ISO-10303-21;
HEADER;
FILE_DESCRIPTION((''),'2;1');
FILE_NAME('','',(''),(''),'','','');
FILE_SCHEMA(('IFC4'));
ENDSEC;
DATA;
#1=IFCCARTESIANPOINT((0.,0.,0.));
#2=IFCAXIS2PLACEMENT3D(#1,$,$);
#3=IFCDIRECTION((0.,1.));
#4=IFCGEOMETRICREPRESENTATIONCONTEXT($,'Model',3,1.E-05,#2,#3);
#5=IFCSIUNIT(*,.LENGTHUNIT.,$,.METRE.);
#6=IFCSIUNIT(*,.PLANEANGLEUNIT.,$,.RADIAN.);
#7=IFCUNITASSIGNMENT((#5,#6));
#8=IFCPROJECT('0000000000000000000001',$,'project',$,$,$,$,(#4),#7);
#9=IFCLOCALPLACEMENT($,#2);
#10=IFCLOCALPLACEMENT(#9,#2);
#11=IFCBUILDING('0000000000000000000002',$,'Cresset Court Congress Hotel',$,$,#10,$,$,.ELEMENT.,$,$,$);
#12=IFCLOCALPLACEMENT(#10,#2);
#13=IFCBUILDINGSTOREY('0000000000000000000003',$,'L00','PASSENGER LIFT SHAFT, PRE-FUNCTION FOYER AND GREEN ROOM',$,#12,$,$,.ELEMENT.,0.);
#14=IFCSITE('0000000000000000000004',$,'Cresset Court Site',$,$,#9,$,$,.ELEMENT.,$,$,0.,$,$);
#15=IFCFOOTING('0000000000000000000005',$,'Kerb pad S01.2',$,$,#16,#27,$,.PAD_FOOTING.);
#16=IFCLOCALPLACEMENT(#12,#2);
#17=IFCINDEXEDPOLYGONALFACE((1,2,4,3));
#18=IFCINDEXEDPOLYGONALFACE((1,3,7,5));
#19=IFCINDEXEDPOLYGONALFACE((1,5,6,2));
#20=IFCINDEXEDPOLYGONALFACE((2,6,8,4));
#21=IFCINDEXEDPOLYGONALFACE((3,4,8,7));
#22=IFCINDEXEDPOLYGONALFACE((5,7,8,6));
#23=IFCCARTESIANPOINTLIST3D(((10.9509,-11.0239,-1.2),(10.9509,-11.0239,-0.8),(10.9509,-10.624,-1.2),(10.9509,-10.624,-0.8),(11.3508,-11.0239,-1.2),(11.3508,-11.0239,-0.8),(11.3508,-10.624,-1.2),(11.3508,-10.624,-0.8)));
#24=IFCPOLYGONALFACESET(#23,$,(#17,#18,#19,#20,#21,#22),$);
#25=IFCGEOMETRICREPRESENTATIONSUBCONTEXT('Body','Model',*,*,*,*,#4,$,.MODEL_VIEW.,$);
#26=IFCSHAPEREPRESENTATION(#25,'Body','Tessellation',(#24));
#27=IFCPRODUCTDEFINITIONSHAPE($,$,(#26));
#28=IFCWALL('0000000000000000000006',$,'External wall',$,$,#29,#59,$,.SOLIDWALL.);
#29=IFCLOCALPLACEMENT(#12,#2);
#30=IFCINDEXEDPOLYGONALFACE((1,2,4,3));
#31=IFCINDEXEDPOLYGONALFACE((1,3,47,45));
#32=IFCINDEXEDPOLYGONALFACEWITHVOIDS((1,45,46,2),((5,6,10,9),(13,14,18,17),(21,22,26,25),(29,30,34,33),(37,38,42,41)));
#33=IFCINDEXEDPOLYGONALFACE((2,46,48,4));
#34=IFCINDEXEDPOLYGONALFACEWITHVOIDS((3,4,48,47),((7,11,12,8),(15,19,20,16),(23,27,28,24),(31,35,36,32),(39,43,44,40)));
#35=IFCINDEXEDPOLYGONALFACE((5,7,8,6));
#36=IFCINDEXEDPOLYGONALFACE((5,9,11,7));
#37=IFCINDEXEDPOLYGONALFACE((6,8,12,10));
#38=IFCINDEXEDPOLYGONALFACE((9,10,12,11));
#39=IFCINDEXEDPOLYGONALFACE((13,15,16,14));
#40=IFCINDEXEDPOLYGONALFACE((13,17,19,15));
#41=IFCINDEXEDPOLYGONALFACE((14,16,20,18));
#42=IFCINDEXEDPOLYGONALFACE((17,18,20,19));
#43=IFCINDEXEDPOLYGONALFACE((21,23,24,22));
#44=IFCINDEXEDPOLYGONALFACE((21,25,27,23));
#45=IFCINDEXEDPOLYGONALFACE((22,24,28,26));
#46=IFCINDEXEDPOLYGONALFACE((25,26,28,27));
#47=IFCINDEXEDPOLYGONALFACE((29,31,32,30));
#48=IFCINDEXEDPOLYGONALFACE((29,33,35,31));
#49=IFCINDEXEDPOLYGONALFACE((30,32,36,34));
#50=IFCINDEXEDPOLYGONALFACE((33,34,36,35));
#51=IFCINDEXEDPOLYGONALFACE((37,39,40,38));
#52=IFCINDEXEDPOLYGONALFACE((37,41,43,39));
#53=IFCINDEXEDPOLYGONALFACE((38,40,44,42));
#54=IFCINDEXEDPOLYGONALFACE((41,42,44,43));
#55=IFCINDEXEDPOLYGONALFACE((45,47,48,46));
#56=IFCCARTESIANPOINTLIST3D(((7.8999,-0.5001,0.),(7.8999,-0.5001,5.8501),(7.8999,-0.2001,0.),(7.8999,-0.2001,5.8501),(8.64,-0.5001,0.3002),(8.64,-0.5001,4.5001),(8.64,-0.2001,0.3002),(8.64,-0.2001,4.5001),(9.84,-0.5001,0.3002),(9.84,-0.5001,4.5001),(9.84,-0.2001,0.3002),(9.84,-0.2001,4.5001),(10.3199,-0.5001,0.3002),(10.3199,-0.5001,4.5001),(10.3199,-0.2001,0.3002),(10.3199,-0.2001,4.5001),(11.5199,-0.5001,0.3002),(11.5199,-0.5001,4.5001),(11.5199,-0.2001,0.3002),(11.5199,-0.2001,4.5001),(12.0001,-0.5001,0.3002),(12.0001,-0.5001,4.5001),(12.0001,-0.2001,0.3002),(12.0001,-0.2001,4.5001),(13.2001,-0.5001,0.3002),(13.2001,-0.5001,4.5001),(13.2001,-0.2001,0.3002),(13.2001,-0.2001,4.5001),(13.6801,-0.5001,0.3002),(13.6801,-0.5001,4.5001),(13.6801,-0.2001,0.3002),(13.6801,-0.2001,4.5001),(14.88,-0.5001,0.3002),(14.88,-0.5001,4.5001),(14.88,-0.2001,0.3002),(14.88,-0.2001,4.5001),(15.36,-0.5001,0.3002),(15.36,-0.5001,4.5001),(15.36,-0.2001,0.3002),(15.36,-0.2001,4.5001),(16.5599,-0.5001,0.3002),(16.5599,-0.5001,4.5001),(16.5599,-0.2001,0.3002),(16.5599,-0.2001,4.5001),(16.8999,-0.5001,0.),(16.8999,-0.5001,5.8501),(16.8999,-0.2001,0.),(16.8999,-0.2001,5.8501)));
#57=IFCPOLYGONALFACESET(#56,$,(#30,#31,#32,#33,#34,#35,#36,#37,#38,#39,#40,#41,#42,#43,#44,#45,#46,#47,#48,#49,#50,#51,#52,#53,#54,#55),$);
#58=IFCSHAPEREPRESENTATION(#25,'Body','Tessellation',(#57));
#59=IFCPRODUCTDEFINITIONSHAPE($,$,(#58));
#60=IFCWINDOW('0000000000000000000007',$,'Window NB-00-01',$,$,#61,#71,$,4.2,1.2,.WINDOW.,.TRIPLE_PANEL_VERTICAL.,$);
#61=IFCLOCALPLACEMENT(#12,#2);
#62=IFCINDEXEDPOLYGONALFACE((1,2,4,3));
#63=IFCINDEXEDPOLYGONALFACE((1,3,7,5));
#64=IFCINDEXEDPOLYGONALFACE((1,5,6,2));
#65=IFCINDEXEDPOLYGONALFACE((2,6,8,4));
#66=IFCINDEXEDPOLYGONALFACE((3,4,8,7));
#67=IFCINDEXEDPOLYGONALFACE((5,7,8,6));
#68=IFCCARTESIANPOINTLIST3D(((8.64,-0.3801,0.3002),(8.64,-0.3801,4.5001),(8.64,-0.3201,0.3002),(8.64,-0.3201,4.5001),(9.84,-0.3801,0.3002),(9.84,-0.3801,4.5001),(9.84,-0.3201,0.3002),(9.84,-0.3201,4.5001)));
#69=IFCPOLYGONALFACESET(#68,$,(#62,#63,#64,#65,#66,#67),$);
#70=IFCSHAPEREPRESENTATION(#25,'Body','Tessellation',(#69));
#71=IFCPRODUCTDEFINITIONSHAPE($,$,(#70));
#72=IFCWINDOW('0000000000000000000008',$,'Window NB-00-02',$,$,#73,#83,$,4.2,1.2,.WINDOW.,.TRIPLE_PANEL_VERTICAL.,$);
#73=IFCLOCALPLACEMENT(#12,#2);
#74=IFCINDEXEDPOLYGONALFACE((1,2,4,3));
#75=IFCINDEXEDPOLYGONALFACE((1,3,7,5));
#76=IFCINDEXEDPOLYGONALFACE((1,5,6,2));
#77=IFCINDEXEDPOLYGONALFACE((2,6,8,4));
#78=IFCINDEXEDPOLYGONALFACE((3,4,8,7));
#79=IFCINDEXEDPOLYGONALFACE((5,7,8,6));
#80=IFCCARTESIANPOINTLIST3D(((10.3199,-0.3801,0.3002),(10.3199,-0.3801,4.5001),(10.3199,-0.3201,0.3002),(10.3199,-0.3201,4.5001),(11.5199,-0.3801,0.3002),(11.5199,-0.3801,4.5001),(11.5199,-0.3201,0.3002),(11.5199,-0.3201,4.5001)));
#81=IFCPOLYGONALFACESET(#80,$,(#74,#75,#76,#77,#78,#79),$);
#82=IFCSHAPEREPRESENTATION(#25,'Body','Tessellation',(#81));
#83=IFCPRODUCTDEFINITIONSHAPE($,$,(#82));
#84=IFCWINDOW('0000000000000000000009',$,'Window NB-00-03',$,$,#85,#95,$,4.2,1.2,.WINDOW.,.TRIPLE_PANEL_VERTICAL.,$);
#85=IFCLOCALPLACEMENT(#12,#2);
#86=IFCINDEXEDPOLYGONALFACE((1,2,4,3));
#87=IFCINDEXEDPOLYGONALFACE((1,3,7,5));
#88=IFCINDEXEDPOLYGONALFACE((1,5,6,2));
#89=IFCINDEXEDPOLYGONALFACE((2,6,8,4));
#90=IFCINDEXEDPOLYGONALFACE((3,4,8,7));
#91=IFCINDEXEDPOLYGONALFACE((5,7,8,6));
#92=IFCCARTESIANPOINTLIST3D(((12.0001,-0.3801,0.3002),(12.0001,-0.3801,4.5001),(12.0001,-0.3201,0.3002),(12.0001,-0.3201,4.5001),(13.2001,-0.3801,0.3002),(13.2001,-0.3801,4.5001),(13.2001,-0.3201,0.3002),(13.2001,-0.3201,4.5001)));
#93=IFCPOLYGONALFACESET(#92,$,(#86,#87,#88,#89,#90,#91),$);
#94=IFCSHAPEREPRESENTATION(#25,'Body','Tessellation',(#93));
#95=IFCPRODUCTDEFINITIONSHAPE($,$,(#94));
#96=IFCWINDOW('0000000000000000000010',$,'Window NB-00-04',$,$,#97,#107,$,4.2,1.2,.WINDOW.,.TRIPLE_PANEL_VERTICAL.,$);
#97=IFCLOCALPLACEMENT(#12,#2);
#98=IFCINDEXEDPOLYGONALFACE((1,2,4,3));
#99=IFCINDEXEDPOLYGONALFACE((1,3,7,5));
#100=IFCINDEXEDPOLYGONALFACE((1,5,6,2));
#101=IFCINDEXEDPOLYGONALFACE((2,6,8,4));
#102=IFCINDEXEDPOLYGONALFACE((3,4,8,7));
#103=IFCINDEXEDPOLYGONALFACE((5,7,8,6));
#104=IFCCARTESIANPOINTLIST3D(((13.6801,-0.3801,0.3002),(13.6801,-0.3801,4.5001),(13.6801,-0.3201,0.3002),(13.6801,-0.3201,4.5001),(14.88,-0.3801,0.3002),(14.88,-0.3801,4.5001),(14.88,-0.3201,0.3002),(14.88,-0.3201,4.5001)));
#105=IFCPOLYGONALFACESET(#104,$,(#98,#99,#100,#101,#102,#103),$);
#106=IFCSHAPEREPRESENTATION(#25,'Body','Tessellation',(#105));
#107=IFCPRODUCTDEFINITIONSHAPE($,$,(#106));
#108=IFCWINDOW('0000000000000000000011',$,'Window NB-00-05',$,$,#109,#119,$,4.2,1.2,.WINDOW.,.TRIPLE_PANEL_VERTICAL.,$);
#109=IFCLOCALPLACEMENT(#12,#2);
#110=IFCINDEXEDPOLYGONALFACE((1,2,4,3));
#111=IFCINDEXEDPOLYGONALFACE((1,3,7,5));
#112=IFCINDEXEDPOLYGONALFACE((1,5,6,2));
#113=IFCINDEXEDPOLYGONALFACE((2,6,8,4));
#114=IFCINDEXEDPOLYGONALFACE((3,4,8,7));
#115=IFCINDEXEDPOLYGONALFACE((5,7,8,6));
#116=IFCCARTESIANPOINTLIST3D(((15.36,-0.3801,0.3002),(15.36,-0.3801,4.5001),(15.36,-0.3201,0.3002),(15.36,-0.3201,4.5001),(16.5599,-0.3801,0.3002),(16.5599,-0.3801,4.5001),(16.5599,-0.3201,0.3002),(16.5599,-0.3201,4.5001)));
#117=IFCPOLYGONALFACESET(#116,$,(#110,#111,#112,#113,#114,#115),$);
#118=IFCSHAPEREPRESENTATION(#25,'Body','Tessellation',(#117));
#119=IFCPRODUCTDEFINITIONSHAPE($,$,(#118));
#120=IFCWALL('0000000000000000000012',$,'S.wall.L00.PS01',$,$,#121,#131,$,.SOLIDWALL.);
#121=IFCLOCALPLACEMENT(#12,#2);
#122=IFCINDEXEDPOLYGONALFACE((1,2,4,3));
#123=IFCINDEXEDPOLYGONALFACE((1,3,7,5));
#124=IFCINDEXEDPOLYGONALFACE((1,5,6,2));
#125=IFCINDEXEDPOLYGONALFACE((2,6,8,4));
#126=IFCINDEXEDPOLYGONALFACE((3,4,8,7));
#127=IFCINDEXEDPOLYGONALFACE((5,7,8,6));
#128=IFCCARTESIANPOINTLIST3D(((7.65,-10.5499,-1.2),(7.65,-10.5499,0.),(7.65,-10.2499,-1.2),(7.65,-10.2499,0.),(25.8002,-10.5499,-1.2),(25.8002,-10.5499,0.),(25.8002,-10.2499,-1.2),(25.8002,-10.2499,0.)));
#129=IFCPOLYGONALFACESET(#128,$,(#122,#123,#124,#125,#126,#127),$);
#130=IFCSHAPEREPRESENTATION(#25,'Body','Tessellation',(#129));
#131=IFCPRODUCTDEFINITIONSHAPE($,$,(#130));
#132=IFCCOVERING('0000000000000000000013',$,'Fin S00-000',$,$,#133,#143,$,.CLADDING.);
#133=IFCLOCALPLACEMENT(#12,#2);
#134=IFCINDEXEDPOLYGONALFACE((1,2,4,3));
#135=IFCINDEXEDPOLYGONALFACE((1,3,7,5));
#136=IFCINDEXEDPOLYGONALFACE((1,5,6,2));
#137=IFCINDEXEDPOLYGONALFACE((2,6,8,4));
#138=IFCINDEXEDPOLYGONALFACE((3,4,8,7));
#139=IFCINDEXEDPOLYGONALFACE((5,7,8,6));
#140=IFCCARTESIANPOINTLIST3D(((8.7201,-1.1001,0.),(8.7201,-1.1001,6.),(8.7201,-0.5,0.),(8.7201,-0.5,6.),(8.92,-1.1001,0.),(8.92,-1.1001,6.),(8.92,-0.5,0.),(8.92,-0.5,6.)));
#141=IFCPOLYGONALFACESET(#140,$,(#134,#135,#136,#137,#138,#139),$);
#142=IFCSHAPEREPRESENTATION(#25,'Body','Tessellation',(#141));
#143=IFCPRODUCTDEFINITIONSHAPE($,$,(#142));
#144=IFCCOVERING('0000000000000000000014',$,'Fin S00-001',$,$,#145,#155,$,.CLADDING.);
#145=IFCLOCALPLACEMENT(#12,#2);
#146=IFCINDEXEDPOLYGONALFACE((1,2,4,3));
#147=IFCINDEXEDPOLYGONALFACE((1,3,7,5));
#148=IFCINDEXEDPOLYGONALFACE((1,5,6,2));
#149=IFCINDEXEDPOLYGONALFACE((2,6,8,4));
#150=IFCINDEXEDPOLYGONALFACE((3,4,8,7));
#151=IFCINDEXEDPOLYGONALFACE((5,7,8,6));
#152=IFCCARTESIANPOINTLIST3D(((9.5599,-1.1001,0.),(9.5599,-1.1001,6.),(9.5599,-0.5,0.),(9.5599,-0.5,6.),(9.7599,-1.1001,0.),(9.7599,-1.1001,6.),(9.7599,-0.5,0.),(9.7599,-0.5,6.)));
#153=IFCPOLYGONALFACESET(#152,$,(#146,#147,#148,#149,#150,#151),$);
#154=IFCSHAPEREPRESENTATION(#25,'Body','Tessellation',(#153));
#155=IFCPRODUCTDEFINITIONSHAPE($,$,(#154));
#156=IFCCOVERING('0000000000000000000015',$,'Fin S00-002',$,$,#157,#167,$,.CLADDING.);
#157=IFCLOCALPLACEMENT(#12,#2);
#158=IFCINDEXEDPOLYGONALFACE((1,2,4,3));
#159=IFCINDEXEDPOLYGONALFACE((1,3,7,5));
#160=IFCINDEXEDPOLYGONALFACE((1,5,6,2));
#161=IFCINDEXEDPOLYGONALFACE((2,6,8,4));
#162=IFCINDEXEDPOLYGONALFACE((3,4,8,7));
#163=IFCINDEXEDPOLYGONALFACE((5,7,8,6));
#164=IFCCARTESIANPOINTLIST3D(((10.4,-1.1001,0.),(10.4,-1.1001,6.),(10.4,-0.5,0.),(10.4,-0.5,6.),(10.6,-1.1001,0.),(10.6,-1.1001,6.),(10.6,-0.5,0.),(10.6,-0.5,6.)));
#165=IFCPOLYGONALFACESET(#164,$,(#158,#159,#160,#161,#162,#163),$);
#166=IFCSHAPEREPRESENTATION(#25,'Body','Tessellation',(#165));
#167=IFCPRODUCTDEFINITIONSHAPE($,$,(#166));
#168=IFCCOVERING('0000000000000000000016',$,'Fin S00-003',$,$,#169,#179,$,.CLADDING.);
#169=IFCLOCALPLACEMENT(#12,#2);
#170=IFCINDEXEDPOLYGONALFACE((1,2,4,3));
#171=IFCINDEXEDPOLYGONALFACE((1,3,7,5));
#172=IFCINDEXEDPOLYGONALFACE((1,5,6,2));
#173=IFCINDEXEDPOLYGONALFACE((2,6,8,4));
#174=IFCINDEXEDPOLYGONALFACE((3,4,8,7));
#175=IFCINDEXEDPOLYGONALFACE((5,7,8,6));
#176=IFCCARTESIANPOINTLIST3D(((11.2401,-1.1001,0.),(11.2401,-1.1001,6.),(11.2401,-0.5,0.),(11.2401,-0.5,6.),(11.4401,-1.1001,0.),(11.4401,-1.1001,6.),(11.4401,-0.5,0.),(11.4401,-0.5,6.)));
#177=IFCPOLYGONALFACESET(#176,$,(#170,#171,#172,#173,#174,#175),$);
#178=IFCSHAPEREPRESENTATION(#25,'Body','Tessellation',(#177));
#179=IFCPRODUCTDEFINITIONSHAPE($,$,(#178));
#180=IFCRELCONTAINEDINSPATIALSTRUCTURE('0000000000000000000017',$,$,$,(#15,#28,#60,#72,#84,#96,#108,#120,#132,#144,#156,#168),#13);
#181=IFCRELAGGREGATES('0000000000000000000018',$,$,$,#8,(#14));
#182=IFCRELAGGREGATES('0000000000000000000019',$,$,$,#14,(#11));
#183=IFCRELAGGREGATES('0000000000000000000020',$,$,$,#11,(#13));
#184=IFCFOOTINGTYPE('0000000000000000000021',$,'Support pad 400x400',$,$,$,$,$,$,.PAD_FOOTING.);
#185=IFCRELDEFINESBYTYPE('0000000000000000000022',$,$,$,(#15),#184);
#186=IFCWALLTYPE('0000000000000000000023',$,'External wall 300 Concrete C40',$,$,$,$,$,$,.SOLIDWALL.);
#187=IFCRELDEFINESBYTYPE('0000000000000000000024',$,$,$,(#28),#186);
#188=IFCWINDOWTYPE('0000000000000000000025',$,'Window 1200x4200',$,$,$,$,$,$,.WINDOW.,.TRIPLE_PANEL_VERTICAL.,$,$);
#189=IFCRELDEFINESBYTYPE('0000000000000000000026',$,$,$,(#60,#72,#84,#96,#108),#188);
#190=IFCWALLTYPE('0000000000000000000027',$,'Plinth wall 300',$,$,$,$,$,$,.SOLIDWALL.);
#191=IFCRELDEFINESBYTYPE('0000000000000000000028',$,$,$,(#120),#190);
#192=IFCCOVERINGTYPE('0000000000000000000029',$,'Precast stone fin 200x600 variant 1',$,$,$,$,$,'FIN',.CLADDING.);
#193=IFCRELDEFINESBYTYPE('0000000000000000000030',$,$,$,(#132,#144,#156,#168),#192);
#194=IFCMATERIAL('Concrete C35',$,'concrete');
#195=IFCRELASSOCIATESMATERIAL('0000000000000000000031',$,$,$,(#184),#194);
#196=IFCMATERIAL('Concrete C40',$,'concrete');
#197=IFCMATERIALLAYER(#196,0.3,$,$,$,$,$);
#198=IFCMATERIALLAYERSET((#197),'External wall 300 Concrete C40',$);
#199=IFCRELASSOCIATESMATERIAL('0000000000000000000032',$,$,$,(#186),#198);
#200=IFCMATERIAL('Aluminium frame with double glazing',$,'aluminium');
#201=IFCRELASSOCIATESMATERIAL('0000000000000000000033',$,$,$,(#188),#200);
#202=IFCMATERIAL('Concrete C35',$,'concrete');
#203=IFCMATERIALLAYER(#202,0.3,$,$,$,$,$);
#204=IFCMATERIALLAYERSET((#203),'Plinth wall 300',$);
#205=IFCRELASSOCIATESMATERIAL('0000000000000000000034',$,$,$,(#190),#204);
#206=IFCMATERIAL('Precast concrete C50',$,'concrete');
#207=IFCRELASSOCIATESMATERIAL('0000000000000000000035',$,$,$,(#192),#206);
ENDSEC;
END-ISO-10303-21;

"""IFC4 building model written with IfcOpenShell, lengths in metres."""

from ifc_helpers import new_model, si_unit, direction, frame, frame_2d, origin, origin_2d, place, context, subcontext, project, spatial, rectangle, extrude, material, layer, layer_set, type_object, element, fill, save


model = new_model("IFC4")

# Units and contexts
model_context = context("Model", 3, precision=1e-05, world=origin(), true_north=direction((0.0, 1.0)))
body_context = subcontext(model_context, "Body", "Model", "MODEL_VIEW")
ifc_project = project(units=[si_unit("LENGTHUNIT", "METRE"), si_unit("PLANEANGLEUNIT", "RADIAN")], contexts=[model_context])

# Site, building, storey
site_placement = place(None, origin())
site = spatial("IfcSite", under=ifc_project, at=site_placement, Name="Cresset Court Site", CompositionType="ELEMENT", RefElevation=0.0)
building_placement = place(site_placement, origin())
building = spatial("IfcBuilding", under=site, at=building_placement, Name="Cresset Court Congress Hotel", CompositionType="ELEMENT")
storey_placement = place(building_placement, origin())
storey = spatial("IfcBuildingStorey", under=building, at=storey_placement, Name="L00", Description="PASSENGER LIFT SHAFT, PRE-FUNCTION FOYER AND GREEN ROOM", CompositionType="ELEMENT", Elevation=0.0)

# Footing
ifc_material_1 = material(Name="Concrete C35", Category="concrete")
footing_type = type_object("IfcFootingType", Name="Support pad 400x400", PredefinedType="PAD_FOOTING", material=ifc_material_1)
footing_placement = place(storey_placement, frame((11.1509, -10.824, -1.2), z_axis=(0.0, 0.0, 1.0), x_axis=(1.0, 0.0, 0.0)))
element("IfcFooting", 1, at=footing_placement, inside=storey, type_object=footing_type, Name="Kerb pad S01.2", PredefinedType="PAD_FOOTING", context=body_context, shape_type="SweptSolid", body=[
    extrude(rectangle(XDim=0.3999, YDim=0.3999, at=origin_2d()), origin(), (0.0, 0.0, 1.0), 0.3999),
])

# Wall, openings, windows
ifc_material_2 = material(Name="Concrete C40", Category="concrete")
ifc_layer_1 = layer(ifc_material_2, 0.3)
ifc_layer_set_1 = layer_set([ifc_layer_1], Name="External wall 300 Concrete C40")
wall_type_1 = type_object("IfcWallType", Name="External wall 300 Concrete C40", PredefinedType="SOLIDWALL", material=ifc_layer_set_1)
wall_1_placement = place(storey_placement, frame((7.8999, -0.3501, 0.0), z_axis=(0.0, 0.0, 1.0), x_axis=(1.0, 0.0, 0.0)))
wall_1 = element("IfcWall", 2, at=wall_1_placement, inside=storey, type_object=wall_type_1, Name="External wall", PredefinedType="SOLIDWALL", context=body_context, shape_type="SweptSolid", body=[
    extrude(rectangle(XDim=9.0, YDim=0.3, at=frame_2d((4.5, 0.0))), origin(), (0.0, 0.0, 1.0), 5.8501),
])
opening_1_placement = place(wall_1_placement, frame((0.74, 0.0, 0.3)))
opening_1 = element("IfcOpeningElement", 3, at=opening_1_placement, cuts=wall_1, PredefinedType="OPENING", context=body_context, shape_type="SweptSolid", body=[
    extrude(rectangle(XDim=1.2, YDim=4.2, at=frame_2d((0.6001, 2.1001))), frame((0.0, 0.1599, 0.0), z_axis=(0.0, -1.0, 0.0), x_axis=(1.0, 0.0, 0.0)), (0.0, 0.0, 1.0), 0.3201),
])
opening_2_placement = place(wall_1_placement, frame((2.4199, 0.0, 0.3)))
opening_2 = element("IfcOpeningElement", 4, at=opening_2_placement, cuts=wall_1, PredefinedType="OPENING", context=body_context, shape_type="SweptSolid", body=[
    extrude(rectangle(XDim=1.2, YDim=4.2, at=frame_2d((0.6001, 2.1001))), frame((0.0, 0.1599, 0.0), z_axis=(0.0, -1.0, 0.0), x_axis=(1.0, 0.0, 0.0)), (0.0, 0.0, 1.0), 0.3201),
])
opening_3_placement = place(wall_1_placement, frame((4.1001, 0.0, 0.3)))
opening_3 = element("IfcOpeningElement", 5, at=opening_3_placement, cuts=wall_1, PredefinedType="OPENING", context=body_context, shape_type="SweptSolid", body=[
    extrude(rectangle(XDim=1.2, YDim=4.2, at=frame_2d((0.6001, 2.1001))), frame((0.0, 0.1599, 0.0), z_axis=(0.0, -1.0, 0.0), x_axis=(1.0, 0.0, 0.0)), (0.0, 0.0, 1.0), 0.3201),
])
opening_4_placement = place(wall_1_placement, frame((5.78, 0.0, 0.3)))
opening_4 = element("IfcOpeningElement", 6, at=opening_4_placement, cuts=wall_1, PredefinedType="OPENING", context=body_context, shape_type="SweptSolid", body=[
    extrude(rectangle(XDim=1.2, YDim=4.2, at=frame_2d((0.6001, 2.1001))), frame((0.0, 0.1599, 0.0), z_axis=(0.0, -1.0, 0.0), x_axis=(1.0, 0.0, 0.0)), (0.0, 0.0, 1.0), 0.3201),
])
opening_5_placement = place(wall_1_placement, frame((7.46, 0.0, 0.3)))
opening_5 = element("IfcOpeningElement", 7, at=opening_5_placement, cuts=wall_1, PredefinedType="OPENING", context=body_context, shape_type="SweptSolid", body=[
    extrude(rectangle(XDim=1.2, YDim=4.2, at=frame_2d((0.6001, 2.1001))), frame((0.0, 0.1599, 0.0), z_axis=(0.0, -1.0, 0.0), x_axis=(1.0, 0.0, 0.0)), (0.0, 0.0, 1.0), 0.3201),
])
ifc_material_3 = material(Name="Aluminium frame with double glazing", Category="aluminium")
window_type = type_object("IfcWindowType", Name="Window 1200x4200", PartitioningType="TRIPLE_PANEL_VERTICAL", PredefinedType="WINDOW", material=ifc_material_3)
window_1_placement = place(opening_1_placement, origin())
window_1 = element("IfcWindow", 8, at=window_1_placement, inside=storey, type_object=window_type, Name="Window NB-00-01", OverallHeight=4.2, OverallWidth=1.2, PartitioningType="TRIPLE_PANEL_VERTICAL", PredefinedType="WINDOW", context=body_context, shape_type="SweptSolid", body=[
    extrude(rectangle(XDim=1.2, YDim=4.2, at=frame_2d((0.6001, 2.1001))), frame((0.0, 0.03, 0.0), z_axis=(0.0, -1.0, 0.0), x_axis=(1.0, 0.0, 0.0)), (0.0, 0.0, 1.0), 0.0601),
])
fill(opening_1, window_1)
window_2_placement = place(opening_2_placement, origin())
window_2 = element("IfcWindow", 9, at=window_2_placement, inside=storey, type_object=window_type, Name="Window NB-00-02", OverallHeight=4.2, OverallWidth=1.2, PartitioningType="TRIPLE_PANEL_VERTICAL", PredefinedType="WINDOW", context=body_context, shape_type="SweptSolid", body=[
    extrude(rectangle(XDim=1.2, YDim=4.2, at=frame_2d((0.6001, 2.1001))), frame((0.0, 0.03, 0.0), z_axis=(0.0, -1.0, 0.0), x_axis=(1.0, 0.0, 0.0)), (0.0, 0.0, 1.0), 0.0601),
])
fill(opening_2, window_2)
window_3_placement = place(opening_3_placement, origin())
window_3 = element("IfcWindow", 10, at=window_3_placement, inside=storey, type_object=window_type, Name="Window NB-00-03", OverallHeight=4.2, OverallWidth=1.2, PartitioningType="TRIPLE_PANEL_VERTICAL", PredefinedType="WINDOW", context=body_context, shape_type="SweptSolid", body=[
    extrude(rectangle(XDim=1.2, YDim=4.2, at=frame_2d((0.6001, 2.1001))), frame((0.0, 0.03, 0.0), z_axis=(0.0, -1.0, 0.0), x_axis=(1.0, 0.0, 0.0)), (0.0, 0.0, 1.0), 0.0601),
])
fill(opening_3, window_3)
window_4_placement = place(opening_4_placement, origin())
window_4 = element("IfcWindow", 11, at=window_4_placement, inside=storey, type_object=window_type, Name="Window NB-00-04", OverallHeight=4.2, OverallWidth=1.2, PartitioningType="TRIPLE_PANEL_VERTICAL", PredefinedType="WINDOW", context=body_context, shape_type="SweptSolid", body=[
    extrude(rectangle(XDim=1.2, YDim=4.2, at=frame_2d((0.6001, 2.1001))), frame((0.0, 0.03, 0.0), z_axis=(0.0, -1.0, 0.0), x_axis=(1.0, 0.0, 0.0)), (0.0, 0.0, 1.0), 0.0601),
])
fill(opening_4, window_4)
window_5_placement = place(opening_5_placement, origin())
window_5 = element("IfcWindow", 12, at=window_5_placement, inside=storey, type_object=window_type, Name="Window NB-00-05", OverallHeight=4.2, OverallWidth=1.2, PartitioningType="TRIPLE_PANEL_VERTICAL", PredefinedType="WINDOW", context=body_context, shape_type="SweptSolid", body=[
    extrude(rectangle(XDim=1.2, YDim=4.2, at=frame_2d((0.6001, 2.1001))), frame((0.0, 0.03, 0.0), z_axis=(0.0, -1.0, 0.0), x_axis=(1.0, 0.0, 0.0)), (0.0, 0.0, 1.0), 0.0601),
])
fill(opening_5, window_5)

# Wall
ifc_material_4 = material(Name="Concrete C35", Category="concrete")
ifc_layer_2 = layer(ifc_material_4, 0.3)
ifc_layer_set_2 = layer_set([ifc_layer_2], Name="Plinth wall 300")
wall_type_2 = type_object("IfcWallType", Name="Plinth wall 300", PredefinedType="SOLIDWALL", material=ifc_layer_set_2)
wall_2_placement = place(storey_placement, frame((7.6499, -10.3999, -1.2), z_axis=(0.0, 0.0, 1.0), x_axis=(1.0, 0.0, 0.0)))
element("IfcWall", 13, at=wall_2_placement, inside=storey, type_object=wall_type_2, Name="S.wall.L00.PS01", PredefinedType="SOLIDWALL", context=body_context, shape_type="SweptSolid", body=[
    extrude(rectangle(XDim=18.1501, YDim=0.3, at=frame_2d((9.0752, 0.0))), origin(), (0.0, 0.0, 1.0), 1.2),
])

# Coverings
ifc_material_5 = material(Name="Precast concrete C50", Category="concrete")
covering_type = type_object("IfcCoveringType", Name="Precast stone fin 200x600 variant 1", ElementType="FIN", PredefinedType="CLADDING", material=ifc_material_5)
for number, where, z_axis, x_axis, name in (
    (14, (8.8201, -0.8, 0.0), (0.0, 0.0, 1.0), (1.0, 0.0, 0.0), "Fin S00-000"),
    (15, (9.6599, -0.8, 0.0), (0.0, 0.0, 1.0), (1.0, 0.0, 0.0), "Fin S00-001"),
    (16, (10.5, -0.8, 0.0), (0.0, 0.0, 1.0), (1.0, 0.0, 0.0), "Fin S00-002"),
    (17, (11.3401, -0.8, 0.0), (0.0, 0.0, 1.0), (1.0, 0.0, 0.0), "Fin S00-003"),
):
    element("IfcCovering", number, at=place(storey_placement, frame(where, z_axis=z_axis, x_axis=x_axis)), inside=storey, type_object=covering_type, Name=name, PredefinedType="CLADDING", context=body_context, shape_type="SweptSolid", body=[
        extrude(rectangle(XDim=0.2, YDim=0.6001, at=origin_2d()), origin(), (0.0, 0.0, 1.0), 6.0),
    ])

save(model, "model.ifc")
